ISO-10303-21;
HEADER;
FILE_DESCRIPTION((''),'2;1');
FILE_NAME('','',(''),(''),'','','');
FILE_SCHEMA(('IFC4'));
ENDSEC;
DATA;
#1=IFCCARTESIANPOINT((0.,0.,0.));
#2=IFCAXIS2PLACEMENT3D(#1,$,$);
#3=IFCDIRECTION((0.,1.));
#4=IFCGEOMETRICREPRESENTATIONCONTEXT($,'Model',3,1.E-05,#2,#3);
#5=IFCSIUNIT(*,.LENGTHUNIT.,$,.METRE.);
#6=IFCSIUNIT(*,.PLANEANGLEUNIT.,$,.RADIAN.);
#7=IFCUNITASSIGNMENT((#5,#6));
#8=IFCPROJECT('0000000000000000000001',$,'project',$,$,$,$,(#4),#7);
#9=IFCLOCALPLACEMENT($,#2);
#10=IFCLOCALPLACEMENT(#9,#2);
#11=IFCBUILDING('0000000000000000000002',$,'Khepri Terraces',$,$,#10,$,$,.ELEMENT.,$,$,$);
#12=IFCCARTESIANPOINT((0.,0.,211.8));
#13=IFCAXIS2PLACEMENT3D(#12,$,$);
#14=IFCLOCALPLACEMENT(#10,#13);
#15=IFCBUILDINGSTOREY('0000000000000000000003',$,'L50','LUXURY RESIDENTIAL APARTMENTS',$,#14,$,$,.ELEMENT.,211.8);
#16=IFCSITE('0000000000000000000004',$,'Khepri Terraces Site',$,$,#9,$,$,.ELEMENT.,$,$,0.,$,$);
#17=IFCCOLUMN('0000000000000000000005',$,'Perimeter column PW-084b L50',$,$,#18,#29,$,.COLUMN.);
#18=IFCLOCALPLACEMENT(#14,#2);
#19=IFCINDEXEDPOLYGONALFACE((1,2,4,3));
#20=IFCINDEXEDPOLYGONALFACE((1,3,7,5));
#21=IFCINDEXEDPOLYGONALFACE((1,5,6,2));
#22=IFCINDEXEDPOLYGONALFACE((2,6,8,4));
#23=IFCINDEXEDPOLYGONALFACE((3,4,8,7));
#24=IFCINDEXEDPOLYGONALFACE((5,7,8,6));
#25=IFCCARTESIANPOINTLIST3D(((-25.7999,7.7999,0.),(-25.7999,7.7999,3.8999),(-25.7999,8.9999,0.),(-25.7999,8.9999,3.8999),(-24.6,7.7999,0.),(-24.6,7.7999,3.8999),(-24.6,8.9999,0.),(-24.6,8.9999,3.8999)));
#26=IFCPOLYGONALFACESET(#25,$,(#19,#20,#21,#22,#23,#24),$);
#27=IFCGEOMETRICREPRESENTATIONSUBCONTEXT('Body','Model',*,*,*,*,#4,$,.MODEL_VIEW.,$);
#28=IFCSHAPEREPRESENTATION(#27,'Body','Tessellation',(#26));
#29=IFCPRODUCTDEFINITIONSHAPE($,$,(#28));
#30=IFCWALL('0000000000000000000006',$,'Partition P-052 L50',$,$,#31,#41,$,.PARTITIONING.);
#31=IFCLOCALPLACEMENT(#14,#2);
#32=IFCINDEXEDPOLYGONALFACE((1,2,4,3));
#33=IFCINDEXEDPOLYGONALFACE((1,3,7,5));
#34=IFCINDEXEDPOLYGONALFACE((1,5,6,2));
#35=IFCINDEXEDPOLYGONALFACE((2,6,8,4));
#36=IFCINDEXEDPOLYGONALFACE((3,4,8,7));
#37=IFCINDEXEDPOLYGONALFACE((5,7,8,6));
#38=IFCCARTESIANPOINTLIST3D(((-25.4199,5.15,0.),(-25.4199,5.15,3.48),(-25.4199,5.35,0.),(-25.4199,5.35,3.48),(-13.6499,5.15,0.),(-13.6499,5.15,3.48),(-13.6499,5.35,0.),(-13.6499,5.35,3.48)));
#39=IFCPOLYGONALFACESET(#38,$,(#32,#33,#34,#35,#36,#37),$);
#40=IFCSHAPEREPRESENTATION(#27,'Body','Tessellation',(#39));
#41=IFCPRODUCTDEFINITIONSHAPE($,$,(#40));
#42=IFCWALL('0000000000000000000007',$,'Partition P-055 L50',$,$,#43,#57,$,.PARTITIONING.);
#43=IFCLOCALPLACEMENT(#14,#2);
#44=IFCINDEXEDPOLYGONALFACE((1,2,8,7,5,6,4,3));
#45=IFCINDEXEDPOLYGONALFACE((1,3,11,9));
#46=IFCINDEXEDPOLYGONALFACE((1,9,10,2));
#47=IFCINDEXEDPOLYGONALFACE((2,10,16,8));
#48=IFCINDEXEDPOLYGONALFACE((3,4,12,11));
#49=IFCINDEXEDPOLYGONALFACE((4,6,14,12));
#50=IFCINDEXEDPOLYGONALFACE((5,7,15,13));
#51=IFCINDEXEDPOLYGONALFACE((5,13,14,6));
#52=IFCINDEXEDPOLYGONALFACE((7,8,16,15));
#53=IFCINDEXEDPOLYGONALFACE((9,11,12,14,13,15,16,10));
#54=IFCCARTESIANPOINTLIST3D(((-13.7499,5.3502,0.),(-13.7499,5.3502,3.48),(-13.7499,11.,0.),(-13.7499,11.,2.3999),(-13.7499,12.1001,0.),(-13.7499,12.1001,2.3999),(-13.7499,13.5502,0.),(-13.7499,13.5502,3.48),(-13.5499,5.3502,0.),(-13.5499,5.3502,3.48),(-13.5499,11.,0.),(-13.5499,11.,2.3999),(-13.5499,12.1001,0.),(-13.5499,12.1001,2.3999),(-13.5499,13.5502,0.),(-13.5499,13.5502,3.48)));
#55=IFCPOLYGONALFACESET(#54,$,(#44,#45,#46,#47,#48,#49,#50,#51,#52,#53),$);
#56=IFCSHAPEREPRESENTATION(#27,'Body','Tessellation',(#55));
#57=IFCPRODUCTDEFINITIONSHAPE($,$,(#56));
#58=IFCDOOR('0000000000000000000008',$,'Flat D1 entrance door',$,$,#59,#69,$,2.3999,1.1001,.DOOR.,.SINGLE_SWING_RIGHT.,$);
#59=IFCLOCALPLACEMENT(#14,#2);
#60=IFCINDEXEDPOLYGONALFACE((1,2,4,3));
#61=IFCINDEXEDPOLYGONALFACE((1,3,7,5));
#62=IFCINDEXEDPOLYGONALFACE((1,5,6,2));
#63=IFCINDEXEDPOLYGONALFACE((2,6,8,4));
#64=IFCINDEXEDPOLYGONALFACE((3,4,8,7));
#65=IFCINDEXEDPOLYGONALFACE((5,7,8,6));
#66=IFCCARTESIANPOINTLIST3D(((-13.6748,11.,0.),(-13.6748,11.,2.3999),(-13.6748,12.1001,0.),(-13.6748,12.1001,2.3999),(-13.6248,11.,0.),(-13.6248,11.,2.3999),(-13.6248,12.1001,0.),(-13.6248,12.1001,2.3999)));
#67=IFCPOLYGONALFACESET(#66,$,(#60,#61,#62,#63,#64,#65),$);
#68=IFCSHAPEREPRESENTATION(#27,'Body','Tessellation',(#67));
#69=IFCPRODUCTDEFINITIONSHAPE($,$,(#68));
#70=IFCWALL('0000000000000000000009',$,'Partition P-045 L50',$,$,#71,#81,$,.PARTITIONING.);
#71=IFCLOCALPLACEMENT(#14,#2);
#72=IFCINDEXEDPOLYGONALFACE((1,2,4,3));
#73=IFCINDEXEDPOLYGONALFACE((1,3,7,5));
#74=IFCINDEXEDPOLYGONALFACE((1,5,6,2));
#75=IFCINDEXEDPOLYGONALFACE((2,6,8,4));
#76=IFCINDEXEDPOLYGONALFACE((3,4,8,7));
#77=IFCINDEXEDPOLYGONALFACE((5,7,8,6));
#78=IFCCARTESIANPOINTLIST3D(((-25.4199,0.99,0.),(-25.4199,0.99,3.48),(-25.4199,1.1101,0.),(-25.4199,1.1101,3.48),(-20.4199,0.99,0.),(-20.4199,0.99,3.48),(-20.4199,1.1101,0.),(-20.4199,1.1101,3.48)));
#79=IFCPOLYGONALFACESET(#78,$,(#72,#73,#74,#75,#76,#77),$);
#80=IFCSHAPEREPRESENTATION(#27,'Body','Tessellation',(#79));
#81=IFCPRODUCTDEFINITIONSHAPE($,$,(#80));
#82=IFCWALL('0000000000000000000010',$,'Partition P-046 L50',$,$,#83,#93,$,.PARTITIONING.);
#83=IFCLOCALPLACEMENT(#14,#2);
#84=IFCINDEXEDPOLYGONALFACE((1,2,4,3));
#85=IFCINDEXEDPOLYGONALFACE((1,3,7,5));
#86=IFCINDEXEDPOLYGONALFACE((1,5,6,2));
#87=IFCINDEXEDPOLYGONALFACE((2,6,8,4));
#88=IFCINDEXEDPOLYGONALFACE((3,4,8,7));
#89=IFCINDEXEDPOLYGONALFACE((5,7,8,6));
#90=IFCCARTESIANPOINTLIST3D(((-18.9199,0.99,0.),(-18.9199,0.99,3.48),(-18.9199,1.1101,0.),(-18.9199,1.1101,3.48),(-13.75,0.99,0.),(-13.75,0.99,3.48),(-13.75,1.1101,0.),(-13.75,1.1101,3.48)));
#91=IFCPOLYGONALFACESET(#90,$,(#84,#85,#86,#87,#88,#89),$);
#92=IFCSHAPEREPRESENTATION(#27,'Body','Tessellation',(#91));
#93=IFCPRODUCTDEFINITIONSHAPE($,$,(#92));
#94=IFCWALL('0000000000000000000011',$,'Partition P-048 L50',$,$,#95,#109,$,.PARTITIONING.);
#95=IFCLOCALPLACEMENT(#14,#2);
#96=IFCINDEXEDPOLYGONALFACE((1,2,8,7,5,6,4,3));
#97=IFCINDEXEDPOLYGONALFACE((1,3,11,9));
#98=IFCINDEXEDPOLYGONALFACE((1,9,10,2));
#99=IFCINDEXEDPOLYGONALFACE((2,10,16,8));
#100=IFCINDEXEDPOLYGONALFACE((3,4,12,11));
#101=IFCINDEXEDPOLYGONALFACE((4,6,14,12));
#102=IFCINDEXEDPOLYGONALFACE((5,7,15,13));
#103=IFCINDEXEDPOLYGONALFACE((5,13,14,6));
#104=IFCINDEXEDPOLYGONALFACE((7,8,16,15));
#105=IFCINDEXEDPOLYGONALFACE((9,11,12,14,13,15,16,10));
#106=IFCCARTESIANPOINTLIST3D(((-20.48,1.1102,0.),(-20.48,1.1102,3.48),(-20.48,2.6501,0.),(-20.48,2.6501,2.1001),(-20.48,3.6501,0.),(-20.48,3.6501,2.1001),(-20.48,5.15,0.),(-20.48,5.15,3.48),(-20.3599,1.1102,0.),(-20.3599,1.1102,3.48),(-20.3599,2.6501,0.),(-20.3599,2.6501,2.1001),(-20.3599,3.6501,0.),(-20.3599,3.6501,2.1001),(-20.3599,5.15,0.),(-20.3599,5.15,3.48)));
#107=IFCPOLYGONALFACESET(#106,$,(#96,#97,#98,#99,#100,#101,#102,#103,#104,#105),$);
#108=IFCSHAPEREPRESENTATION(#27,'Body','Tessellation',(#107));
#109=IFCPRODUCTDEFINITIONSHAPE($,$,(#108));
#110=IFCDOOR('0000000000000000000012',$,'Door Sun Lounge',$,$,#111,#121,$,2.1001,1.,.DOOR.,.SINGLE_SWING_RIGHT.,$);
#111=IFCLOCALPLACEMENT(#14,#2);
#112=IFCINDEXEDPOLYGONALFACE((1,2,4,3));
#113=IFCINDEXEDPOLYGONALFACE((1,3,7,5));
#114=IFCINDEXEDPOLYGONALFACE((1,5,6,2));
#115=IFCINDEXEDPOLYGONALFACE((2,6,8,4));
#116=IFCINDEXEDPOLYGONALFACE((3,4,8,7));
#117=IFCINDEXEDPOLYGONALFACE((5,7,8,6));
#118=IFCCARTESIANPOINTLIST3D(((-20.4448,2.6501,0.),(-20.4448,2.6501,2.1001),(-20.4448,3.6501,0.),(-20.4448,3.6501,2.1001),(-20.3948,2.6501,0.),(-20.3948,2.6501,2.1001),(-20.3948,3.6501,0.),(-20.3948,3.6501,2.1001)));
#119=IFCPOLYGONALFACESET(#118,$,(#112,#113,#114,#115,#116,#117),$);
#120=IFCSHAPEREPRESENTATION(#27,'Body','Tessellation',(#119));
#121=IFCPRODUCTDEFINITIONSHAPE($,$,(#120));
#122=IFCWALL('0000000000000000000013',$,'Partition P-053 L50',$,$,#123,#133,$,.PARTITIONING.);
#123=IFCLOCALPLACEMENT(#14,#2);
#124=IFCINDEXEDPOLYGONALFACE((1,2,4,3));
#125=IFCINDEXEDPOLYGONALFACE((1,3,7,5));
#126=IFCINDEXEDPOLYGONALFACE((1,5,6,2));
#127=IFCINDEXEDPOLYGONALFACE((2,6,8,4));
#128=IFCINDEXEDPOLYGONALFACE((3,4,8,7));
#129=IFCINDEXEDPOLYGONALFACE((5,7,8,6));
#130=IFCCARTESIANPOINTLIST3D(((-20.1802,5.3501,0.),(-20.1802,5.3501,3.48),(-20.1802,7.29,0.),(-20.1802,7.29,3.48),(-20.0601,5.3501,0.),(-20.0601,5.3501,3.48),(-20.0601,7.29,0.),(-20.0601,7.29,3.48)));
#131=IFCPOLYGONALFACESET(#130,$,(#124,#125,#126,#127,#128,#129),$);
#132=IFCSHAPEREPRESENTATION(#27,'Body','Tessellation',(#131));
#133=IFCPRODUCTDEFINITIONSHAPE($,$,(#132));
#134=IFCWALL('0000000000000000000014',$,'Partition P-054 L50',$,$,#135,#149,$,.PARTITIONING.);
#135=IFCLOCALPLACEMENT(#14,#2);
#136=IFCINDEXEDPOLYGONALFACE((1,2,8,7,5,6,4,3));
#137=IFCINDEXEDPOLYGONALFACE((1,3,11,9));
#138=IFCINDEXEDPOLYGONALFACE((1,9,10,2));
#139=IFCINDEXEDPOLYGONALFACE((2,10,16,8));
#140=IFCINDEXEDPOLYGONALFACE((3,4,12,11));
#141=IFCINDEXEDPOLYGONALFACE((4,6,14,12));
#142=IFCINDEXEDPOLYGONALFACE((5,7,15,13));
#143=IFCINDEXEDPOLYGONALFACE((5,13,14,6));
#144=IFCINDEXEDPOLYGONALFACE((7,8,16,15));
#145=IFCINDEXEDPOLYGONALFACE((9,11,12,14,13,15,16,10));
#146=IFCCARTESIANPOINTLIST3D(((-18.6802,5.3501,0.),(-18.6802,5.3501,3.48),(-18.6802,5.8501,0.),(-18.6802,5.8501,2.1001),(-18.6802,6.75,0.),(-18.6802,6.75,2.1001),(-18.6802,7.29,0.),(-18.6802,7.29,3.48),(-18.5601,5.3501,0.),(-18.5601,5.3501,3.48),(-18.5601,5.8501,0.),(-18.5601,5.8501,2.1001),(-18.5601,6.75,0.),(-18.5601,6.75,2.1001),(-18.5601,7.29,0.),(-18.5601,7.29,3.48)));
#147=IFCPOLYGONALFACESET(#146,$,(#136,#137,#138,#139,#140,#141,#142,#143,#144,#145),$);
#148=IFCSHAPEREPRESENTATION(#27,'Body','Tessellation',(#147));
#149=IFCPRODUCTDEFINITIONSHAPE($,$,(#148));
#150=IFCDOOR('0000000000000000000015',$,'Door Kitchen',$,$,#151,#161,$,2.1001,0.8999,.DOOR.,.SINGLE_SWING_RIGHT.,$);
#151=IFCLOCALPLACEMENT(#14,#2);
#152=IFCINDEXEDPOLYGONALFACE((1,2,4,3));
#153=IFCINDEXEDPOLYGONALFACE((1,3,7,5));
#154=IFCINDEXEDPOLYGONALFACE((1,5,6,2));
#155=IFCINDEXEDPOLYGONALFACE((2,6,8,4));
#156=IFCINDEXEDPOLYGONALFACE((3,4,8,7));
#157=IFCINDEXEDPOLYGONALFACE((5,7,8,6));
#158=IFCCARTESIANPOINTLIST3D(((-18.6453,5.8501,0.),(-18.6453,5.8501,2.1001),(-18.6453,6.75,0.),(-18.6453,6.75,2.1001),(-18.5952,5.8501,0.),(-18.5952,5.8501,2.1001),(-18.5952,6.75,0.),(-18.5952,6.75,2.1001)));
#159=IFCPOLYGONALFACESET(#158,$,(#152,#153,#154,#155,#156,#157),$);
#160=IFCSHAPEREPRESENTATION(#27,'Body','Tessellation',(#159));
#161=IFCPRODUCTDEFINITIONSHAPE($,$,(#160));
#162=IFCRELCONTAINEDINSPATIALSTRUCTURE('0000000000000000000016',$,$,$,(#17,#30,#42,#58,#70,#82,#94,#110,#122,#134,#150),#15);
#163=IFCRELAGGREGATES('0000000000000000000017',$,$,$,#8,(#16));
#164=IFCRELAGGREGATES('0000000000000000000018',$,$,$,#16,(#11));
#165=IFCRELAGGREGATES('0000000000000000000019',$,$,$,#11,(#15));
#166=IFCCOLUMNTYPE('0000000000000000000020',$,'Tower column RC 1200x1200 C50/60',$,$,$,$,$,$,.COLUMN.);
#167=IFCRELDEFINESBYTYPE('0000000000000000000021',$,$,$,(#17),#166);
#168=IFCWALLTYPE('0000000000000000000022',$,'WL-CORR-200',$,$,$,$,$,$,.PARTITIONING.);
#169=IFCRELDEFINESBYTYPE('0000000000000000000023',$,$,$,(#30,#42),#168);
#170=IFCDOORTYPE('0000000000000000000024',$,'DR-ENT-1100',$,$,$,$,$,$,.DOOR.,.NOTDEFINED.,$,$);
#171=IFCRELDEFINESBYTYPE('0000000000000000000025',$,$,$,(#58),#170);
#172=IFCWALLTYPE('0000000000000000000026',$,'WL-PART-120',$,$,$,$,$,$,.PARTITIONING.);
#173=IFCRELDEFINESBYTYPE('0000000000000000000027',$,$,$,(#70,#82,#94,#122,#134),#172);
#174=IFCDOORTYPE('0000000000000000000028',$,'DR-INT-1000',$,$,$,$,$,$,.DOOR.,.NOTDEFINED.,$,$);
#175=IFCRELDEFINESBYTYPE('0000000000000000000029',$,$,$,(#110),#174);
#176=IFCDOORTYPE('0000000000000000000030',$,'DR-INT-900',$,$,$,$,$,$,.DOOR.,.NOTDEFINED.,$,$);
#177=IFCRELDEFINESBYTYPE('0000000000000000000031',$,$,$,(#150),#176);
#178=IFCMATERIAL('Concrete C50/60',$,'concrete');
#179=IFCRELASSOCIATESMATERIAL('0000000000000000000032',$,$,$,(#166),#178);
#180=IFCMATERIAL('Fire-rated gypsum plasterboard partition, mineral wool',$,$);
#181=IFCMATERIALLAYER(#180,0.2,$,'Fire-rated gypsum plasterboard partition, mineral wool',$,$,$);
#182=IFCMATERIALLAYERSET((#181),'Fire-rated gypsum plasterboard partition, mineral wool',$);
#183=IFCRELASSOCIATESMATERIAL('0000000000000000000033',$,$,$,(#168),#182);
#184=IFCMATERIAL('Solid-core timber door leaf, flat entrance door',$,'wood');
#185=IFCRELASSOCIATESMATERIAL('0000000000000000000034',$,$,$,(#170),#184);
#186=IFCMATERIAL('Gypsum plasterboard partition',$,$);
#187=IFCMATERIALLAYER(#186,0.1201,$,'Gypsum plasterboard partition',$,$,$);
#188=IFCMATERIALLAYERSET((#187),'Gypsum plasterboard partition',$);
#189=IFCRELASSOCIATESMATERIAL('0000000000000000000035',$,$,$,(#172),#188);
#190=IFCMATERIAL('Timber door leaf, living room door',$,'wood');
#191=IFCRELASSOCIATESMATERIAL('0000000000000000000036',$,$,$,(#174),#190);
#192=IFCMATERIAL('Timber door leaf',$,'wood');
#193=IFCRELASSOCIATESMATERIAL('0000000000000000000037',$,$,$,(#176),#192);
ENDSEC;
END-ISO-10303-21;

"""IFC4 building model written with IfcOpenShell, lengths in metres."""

from ifc_helpers import new_model, si_unit, direction, frame, frame_2d, origin, origin_2d, place, context, subcontext, project, spatial, rectangle, extrude, material, layer, layer_set, material_profile, profile_set, type_object, element, fill, save


model = new_model("IFC4")

# Units and contexts
model_context = context("Model", 3, precision=1e-05, world=origin(), true_north=direction((0.0, 1.0)))
body_context = subcontext(model_context, "Body", "Model", "MODEL_VIEW")
ifc_project = project(units=[si_unit("LENGTHUNIT", "METRE"), si_unit("PLANEANGLEUNIT", "RADIAN")], contexts=[model_context])

# Site, building, storey
site_placement = place(None, origin())
site = spatial("IfcSite", under=ifc_project, at=site_placement, Name="Khepri Terraces Site", CompositionType="ELEMENT", RefElevation=0.0)
building_placement = place(site_placement, origin())
building = spatial("IfcBuilding", under=site, at=building_placement, Name="Khepri Terraces", CompositionType="ELEMENT")
storey_placement = place(building_placement, frame((0.0, 0.0, 211.8)))
storey = spatial("IfcBuildingStorey", under=building, at=storey_placement, Name="L50", Description="LUXURY RESIDENTIAL APARTMENTS", CompositionType="ELEMENT", Elevation=211.8)

# Column
ifc_material_1 = material(Name="Concrete C50/60", Category="concrete")
ifc_material_profile = material_profile(ifc_material_1, rectangle(XDim=1.2, YDim=1.2, at=origin_2d()), Name="Concrete C50/60", Category="concrete")
ifc_profile_set = profile_set([ifc_material_profile], Name="Concrete C50/60")
column_type = type_object("IfcColumnType", Name="Tower column RC 1200x1200 C50/60", PredefinedType="COLUMN", material=ifc_profile_set)
column_placement = place(storey_placement, frame((-25.2, 8.3999, 0.0), z_axis=(0.0, 0.0, 1.0), x_axis=(1.0, 0.0, 0.0)))
element("IfcColumn", 1, at=column_placement, inside=storey, type_object=column_type, Name="Perimeter column PW-084b L50", PredefinedType="COLUMN", context=body_context, shape_type="SweptSolid", body=[
    extrude(rectangle(XDim=1.2, YDim=1.2, at=origin_2d()), origin(), (0.0, 0.0, 1.0), 3.8999),
])

# Wall
ifc_material_2 = material(Name="Fire-rated gypsum plasterboard partition, mineral wool")
ifc_layer_1 = layer(ifc_material_2, 0.2, Name="Fire-rated gypsum plasterboard partition, mineral wool")
ifc_layer_set_1 = layer_set([ifc_layer_1], Name="Fire-rated gypsum plasterboard partition, mineral wool")
wall_type_1 = type_object("IfcWallType", Name="WL-CORR-200", PredefinedType="PARTITIONING", material=ifc_layer_set_1)
wall_1_placement = place(storey_placement, frame((-25.4199, 5.25, 0.0), z_axis=(0.0, 0.0, 1.0), x_axis=(1.0, 0.0, 0.0)))
element("IfcWall", 2, at=wall_1_placement, inside=storey, type_object=wall_type_1, Name="Partition P-052 L50", PredefinedType="PARTITIONING", context=body_context, shape_type="SweptSolid", body=[
    extrude(rectangle(XDim=11.77, YDim=0.2, at=frame_2d((5.885, 0.0))), origin(), (0.0, 0.0, 1.0), 3.48),
])

# Wall, opening, door
wall_2_placement = place(storey_placement, frame((-13.6499, 5.3501, 0.0), z_axis=(0.0, 0.0, 1.0), x_axis=(0.0, 1.0, 0.0)))
wall_2 = element("IfcWall", 3, at=wall_2_placement, inside=storey, type_object=wall_type_1, Name="Partition P-055 L50", PredefinedType="PARTITIONING", context=body_context, shape_type="SweptSolid", body=[
    extrude(rectangle(XDim=8.2, YDim=0.2, at=frame_2d((4.1001, 0.0))), origin(), (0.0, 0.0, 1.0), 3.48),
])
opening_1_placement = place(wall_2_placement, frame((5.6499, 0.0, 0.0)))
opening_1 = element("IfcOpeningElement", 4, at=opening_1_placement, cuts=wall_2, PredefinedType="OPENING", context=body_context, shape_type="SweptSolid", body=[
    extrude(rectangle(XDim=1.1001, YDim=2.3999, at=frame_2d((0.55, 1.2))), frame((0.0, 0.1099, 0.0), z_axis=(0.0, -1.0, 0.0), x_axis=(1.0, 0.0, 0.0)), (0.0, 0.0, 1.0), 0.22),
])
ifc_material_3 = material(Name="Solid-core timber door leaf, flat entrance door", Category="wood")
door_type_1 = type_object("IfcDoorType", Name="DR-ENT-1100", OperationType="NOTDEFINED", PredefinedType="DOOR", material=ifc_material_3)
door_1_placement = place(opening_1_placement, origin())
door_1 = element("IfcDoor", 5, at=door_1_placement, inside=storey, type_object=door_type_1, Name="Flat D1 entrance door", OperationType="SINGLE_SWING_RIGHT", OverallHeight=2.3999, OverallWidth=1.1001, PredefinedType="DOOR", context=body_context, shape_type="SweptSolid", body=[
    extrude(rectangle(XDim=1.1001, YDim=2.3999, at=frame_2d((0.55, 1.2))), frame((0.0, 0.0249, 0.0), z_axis=(0.0, -1.0, 0.0), x_axis=(1.0, 0.0, 0.0)), (0.0, 0.0, 1.0), 0.05),
])
fill(opening_1, door_1)

# Walls
ifc_material_4 = material(Name="Gypsum plasterboard partition")
ifc_layer_2 = layer(ifc_material_4, 0.1201, Name="Gypsum plasterboard partition")
ifc_layer_set_2 = layer_set([ifc_layer_2], Name="Gypsum plasterboard partition")
wall_type_2 = type_object("IfcWallType", Name="WL-PART-120", PredefinedType="PARTITIONING", material=ifc_layer_set_2)
wall_3_placement = place(storey_placement, frame((-25.4199, 1.05, 0.0), z_axis=(0.0, 0.0, 1.0), x_axis=(1.0, 0.0, 0.0)))
element("IfcWall", 6, at=wall_3_placement, inside=storey, type_object=wall_type_2, Name="Partition P-045 L50", PredefinedType="PARTITIONING", context=body_context, shape_type="SweptSolid", body=[
    extrude(rectangle(XDim=5.0, YDim=0.1201, at=frame_2d((2.5, 0.0))), origin(), (0.0, 0.0, 1.0), 3.48),
])
wall_4_placement = place(storey_placement, frame((-18.9199, 1.05, 0.0), z_axis=(0.0, 0.0, 1.0), x_axis=(1.0, 0.0, 0.0)))
element("IfcWall", 7, at=wall_4_placement, inside=storey, type_object=wall_type_2, Name="Partition P-046 L50", PredefinedType="PARTITIONING", context=body_context, shape_type="SweptSolid", body=[
    extrude(rectangle(XDim=5.1699, YDim=0.1201, at=frame_2d((2.585, 0.0))), origin(), (0.0, 0.0, 1.0), 3.48),
])

# Wall, opening, door
wall_5_placement = place(storey_placement, frame((-20.4199, 1.1101, 0.0), z_axis=(0.0, 0.0, 1.0), x_axis=(0.0, 1.0, 0.0)))
wall_5 = element("IfcWall", 8, at=wall_5_placement, inside=storey, type_object=wall_type_2, Name="Partition P-048 L50", PredefinedType="PARTITIONING", context=body_context, shape_type="SweptSolid", body=[
    extrude(rectangle(XDim=4.0398, YDim=0.1201, at=frame_2d((2.02, 0.0))), origin(), (0.0, 0.0, 1.0), 3.48),
])
opening_2_placement = place(wall_5_placement, frame((1.54, 0.0, 0.0)))
opening_2 = element("IfcOpeningElement", 9, at=opening_2_placement, cuts=wall_5, PredefinedType="OPENING", context=body_context, shape_type="SweptSolid", body=[
    extrude(rectangle(XDim=1.0, YDim=2.1001, at=frame_2d((0.5, 1.05))), frame((0.0, 0.0701, 0.0), z_axis=(0.0, -1.0, 0.0), x_axis=(1.0, 0.0, 0.0)), (0.0, 0.0, 1.0), 0.1401),
])
ifc_material_5 = material(Name="Timber door leaf, living room door", Category="wood")
door_type_2 = type_object("IfcDoorType", Name="DR-INT-1000", OperationType="NOTDEFINED", PredefinedType="DOOR", material=ifc_material_5)
door_2_placement = place(opening_2_placement, origin())
door_2 = element("IfcDoor", 10, at=door_2_placement, inside=storey, type_object=door_type_2, Name="Door Sun Lounge", OperationType="SINGLE_SWING_RIGHT", OverallHeight=2.1001, OverallWidth=1.0, PredefinedType="DOOR", context=body_context, shape_type="SweptSolid", body=[
    extrude(rectangle(XDim=1.0, YDim=2.1001, at=frame_2d((0.5, 1.05))), frame((0.0, 0.0249, 0.0), z_axis=(0.0, -1.0, 0.0), x_axis=(1.0, 0.0, 0.0)), (0.0, 0.0, 1.0), 0.05),
])
fill(opening_2, door_2)

# Wall
wall_6_placement = place(storey_placement, frame((-20.1201, 5.3501, 0.0), z_axis=(0.0, 0.0, 1.0), x_axis=(0.0, 1.0, 0.0)))
element("IfcWall", 11, at=wall_6_placement, inside=storey, type_object=wall_type_2, Name="Partition P-053 L50", PredefinedType="PARTITIONING", context=body_context, shape_type="SweptSolid", body=[
    extrude(rectangle(XDim=1.9399, YDim=0.1201, at=frame_2d((0.97, 0.0))), origin(), (0.0, 0.0, 1.0), 3.48),
])

# Wall, opening, door
wall_7_placement = place(storey_placement, frame((-18.6201, 5.3501, 0.0), z_axis=(0.0, 0.0, 1.0), x_axis=(0.0, 1.0, 0.0)))
wall_7 = element("IfcWall", 12, at=wall_7_placement, inside=storey, type_object=wall_type_2, Name="Partition P-054 L50", PredefinedType="PARTITIONING", context=body_context, shape_type="SweptSolid", body=[
    extrude(rectangle(XDim=1.9399, YDim=0.1201, at=frame_2d((0.97, 0.0))), origin(), (0.0, 0.0, 1.0), 3.48),
])
opening_3_placement = place(wall_7_placement, frame((0.5, 0.0, 0.0)))
opening_3 = element("IfcOpeningElement", 13, at=opening_3_placement, cuts=wall_7, PredefinedType="OPENING", context=body_context, shape_type="SweptSolid", body=[
    extrude(rectangle(XDim=0.8999, YDim=2.1001, at=frame_2d((0.45, 1.05))), frame((0.0, 0.0701, 0.0), z_axis=(0.0, -1.0, 0.0), x_axis=(1.0, 0.0, 0.0)), (0.0, 0.0, 1.0), 0.1401),
])
ifc_material_6 = material(Name="Timber door leaf", Category="wood")
door_type_3 = type_object("IfcDoorType", Name="DR-INT-900", OperationType="NOTDEFINED", PredefinedType="DOOR", material=ifc_material_6)
door_3_placement = place(opening_3_placement, frame((0.8999, 0.0, 0.0), z_axis=(0.0, 0.0, 1.0), x_axis=(-1.0, 0.0, 0.0)))
door_3 = element("IfcDoor", 14, at=door_3_placement, inside=storey, type_object=door_type_3, Name="Door Kitchen", OperationType="SINGLE_SWING_RIGHT", OverallHeight=2.1001, OverallWidth=0.8999, PredefinedType="DOOR", context=body_context, shape_type="SweptSolid", body=[
    extrude(rectangle(XDim=0.8999, YDim=2.1001, at=frame_2d((0.45, 1.05))), frame((0.0, 0.0249, 0.0), z_axis=(0.0, -1.0, 0.0), x_axis=(1.0, 0.0, 0.0)), (0.0, 0.0, 1.0), 0.05),
])
fill(opening_3, door_3)

save(model, "model.ifc")
